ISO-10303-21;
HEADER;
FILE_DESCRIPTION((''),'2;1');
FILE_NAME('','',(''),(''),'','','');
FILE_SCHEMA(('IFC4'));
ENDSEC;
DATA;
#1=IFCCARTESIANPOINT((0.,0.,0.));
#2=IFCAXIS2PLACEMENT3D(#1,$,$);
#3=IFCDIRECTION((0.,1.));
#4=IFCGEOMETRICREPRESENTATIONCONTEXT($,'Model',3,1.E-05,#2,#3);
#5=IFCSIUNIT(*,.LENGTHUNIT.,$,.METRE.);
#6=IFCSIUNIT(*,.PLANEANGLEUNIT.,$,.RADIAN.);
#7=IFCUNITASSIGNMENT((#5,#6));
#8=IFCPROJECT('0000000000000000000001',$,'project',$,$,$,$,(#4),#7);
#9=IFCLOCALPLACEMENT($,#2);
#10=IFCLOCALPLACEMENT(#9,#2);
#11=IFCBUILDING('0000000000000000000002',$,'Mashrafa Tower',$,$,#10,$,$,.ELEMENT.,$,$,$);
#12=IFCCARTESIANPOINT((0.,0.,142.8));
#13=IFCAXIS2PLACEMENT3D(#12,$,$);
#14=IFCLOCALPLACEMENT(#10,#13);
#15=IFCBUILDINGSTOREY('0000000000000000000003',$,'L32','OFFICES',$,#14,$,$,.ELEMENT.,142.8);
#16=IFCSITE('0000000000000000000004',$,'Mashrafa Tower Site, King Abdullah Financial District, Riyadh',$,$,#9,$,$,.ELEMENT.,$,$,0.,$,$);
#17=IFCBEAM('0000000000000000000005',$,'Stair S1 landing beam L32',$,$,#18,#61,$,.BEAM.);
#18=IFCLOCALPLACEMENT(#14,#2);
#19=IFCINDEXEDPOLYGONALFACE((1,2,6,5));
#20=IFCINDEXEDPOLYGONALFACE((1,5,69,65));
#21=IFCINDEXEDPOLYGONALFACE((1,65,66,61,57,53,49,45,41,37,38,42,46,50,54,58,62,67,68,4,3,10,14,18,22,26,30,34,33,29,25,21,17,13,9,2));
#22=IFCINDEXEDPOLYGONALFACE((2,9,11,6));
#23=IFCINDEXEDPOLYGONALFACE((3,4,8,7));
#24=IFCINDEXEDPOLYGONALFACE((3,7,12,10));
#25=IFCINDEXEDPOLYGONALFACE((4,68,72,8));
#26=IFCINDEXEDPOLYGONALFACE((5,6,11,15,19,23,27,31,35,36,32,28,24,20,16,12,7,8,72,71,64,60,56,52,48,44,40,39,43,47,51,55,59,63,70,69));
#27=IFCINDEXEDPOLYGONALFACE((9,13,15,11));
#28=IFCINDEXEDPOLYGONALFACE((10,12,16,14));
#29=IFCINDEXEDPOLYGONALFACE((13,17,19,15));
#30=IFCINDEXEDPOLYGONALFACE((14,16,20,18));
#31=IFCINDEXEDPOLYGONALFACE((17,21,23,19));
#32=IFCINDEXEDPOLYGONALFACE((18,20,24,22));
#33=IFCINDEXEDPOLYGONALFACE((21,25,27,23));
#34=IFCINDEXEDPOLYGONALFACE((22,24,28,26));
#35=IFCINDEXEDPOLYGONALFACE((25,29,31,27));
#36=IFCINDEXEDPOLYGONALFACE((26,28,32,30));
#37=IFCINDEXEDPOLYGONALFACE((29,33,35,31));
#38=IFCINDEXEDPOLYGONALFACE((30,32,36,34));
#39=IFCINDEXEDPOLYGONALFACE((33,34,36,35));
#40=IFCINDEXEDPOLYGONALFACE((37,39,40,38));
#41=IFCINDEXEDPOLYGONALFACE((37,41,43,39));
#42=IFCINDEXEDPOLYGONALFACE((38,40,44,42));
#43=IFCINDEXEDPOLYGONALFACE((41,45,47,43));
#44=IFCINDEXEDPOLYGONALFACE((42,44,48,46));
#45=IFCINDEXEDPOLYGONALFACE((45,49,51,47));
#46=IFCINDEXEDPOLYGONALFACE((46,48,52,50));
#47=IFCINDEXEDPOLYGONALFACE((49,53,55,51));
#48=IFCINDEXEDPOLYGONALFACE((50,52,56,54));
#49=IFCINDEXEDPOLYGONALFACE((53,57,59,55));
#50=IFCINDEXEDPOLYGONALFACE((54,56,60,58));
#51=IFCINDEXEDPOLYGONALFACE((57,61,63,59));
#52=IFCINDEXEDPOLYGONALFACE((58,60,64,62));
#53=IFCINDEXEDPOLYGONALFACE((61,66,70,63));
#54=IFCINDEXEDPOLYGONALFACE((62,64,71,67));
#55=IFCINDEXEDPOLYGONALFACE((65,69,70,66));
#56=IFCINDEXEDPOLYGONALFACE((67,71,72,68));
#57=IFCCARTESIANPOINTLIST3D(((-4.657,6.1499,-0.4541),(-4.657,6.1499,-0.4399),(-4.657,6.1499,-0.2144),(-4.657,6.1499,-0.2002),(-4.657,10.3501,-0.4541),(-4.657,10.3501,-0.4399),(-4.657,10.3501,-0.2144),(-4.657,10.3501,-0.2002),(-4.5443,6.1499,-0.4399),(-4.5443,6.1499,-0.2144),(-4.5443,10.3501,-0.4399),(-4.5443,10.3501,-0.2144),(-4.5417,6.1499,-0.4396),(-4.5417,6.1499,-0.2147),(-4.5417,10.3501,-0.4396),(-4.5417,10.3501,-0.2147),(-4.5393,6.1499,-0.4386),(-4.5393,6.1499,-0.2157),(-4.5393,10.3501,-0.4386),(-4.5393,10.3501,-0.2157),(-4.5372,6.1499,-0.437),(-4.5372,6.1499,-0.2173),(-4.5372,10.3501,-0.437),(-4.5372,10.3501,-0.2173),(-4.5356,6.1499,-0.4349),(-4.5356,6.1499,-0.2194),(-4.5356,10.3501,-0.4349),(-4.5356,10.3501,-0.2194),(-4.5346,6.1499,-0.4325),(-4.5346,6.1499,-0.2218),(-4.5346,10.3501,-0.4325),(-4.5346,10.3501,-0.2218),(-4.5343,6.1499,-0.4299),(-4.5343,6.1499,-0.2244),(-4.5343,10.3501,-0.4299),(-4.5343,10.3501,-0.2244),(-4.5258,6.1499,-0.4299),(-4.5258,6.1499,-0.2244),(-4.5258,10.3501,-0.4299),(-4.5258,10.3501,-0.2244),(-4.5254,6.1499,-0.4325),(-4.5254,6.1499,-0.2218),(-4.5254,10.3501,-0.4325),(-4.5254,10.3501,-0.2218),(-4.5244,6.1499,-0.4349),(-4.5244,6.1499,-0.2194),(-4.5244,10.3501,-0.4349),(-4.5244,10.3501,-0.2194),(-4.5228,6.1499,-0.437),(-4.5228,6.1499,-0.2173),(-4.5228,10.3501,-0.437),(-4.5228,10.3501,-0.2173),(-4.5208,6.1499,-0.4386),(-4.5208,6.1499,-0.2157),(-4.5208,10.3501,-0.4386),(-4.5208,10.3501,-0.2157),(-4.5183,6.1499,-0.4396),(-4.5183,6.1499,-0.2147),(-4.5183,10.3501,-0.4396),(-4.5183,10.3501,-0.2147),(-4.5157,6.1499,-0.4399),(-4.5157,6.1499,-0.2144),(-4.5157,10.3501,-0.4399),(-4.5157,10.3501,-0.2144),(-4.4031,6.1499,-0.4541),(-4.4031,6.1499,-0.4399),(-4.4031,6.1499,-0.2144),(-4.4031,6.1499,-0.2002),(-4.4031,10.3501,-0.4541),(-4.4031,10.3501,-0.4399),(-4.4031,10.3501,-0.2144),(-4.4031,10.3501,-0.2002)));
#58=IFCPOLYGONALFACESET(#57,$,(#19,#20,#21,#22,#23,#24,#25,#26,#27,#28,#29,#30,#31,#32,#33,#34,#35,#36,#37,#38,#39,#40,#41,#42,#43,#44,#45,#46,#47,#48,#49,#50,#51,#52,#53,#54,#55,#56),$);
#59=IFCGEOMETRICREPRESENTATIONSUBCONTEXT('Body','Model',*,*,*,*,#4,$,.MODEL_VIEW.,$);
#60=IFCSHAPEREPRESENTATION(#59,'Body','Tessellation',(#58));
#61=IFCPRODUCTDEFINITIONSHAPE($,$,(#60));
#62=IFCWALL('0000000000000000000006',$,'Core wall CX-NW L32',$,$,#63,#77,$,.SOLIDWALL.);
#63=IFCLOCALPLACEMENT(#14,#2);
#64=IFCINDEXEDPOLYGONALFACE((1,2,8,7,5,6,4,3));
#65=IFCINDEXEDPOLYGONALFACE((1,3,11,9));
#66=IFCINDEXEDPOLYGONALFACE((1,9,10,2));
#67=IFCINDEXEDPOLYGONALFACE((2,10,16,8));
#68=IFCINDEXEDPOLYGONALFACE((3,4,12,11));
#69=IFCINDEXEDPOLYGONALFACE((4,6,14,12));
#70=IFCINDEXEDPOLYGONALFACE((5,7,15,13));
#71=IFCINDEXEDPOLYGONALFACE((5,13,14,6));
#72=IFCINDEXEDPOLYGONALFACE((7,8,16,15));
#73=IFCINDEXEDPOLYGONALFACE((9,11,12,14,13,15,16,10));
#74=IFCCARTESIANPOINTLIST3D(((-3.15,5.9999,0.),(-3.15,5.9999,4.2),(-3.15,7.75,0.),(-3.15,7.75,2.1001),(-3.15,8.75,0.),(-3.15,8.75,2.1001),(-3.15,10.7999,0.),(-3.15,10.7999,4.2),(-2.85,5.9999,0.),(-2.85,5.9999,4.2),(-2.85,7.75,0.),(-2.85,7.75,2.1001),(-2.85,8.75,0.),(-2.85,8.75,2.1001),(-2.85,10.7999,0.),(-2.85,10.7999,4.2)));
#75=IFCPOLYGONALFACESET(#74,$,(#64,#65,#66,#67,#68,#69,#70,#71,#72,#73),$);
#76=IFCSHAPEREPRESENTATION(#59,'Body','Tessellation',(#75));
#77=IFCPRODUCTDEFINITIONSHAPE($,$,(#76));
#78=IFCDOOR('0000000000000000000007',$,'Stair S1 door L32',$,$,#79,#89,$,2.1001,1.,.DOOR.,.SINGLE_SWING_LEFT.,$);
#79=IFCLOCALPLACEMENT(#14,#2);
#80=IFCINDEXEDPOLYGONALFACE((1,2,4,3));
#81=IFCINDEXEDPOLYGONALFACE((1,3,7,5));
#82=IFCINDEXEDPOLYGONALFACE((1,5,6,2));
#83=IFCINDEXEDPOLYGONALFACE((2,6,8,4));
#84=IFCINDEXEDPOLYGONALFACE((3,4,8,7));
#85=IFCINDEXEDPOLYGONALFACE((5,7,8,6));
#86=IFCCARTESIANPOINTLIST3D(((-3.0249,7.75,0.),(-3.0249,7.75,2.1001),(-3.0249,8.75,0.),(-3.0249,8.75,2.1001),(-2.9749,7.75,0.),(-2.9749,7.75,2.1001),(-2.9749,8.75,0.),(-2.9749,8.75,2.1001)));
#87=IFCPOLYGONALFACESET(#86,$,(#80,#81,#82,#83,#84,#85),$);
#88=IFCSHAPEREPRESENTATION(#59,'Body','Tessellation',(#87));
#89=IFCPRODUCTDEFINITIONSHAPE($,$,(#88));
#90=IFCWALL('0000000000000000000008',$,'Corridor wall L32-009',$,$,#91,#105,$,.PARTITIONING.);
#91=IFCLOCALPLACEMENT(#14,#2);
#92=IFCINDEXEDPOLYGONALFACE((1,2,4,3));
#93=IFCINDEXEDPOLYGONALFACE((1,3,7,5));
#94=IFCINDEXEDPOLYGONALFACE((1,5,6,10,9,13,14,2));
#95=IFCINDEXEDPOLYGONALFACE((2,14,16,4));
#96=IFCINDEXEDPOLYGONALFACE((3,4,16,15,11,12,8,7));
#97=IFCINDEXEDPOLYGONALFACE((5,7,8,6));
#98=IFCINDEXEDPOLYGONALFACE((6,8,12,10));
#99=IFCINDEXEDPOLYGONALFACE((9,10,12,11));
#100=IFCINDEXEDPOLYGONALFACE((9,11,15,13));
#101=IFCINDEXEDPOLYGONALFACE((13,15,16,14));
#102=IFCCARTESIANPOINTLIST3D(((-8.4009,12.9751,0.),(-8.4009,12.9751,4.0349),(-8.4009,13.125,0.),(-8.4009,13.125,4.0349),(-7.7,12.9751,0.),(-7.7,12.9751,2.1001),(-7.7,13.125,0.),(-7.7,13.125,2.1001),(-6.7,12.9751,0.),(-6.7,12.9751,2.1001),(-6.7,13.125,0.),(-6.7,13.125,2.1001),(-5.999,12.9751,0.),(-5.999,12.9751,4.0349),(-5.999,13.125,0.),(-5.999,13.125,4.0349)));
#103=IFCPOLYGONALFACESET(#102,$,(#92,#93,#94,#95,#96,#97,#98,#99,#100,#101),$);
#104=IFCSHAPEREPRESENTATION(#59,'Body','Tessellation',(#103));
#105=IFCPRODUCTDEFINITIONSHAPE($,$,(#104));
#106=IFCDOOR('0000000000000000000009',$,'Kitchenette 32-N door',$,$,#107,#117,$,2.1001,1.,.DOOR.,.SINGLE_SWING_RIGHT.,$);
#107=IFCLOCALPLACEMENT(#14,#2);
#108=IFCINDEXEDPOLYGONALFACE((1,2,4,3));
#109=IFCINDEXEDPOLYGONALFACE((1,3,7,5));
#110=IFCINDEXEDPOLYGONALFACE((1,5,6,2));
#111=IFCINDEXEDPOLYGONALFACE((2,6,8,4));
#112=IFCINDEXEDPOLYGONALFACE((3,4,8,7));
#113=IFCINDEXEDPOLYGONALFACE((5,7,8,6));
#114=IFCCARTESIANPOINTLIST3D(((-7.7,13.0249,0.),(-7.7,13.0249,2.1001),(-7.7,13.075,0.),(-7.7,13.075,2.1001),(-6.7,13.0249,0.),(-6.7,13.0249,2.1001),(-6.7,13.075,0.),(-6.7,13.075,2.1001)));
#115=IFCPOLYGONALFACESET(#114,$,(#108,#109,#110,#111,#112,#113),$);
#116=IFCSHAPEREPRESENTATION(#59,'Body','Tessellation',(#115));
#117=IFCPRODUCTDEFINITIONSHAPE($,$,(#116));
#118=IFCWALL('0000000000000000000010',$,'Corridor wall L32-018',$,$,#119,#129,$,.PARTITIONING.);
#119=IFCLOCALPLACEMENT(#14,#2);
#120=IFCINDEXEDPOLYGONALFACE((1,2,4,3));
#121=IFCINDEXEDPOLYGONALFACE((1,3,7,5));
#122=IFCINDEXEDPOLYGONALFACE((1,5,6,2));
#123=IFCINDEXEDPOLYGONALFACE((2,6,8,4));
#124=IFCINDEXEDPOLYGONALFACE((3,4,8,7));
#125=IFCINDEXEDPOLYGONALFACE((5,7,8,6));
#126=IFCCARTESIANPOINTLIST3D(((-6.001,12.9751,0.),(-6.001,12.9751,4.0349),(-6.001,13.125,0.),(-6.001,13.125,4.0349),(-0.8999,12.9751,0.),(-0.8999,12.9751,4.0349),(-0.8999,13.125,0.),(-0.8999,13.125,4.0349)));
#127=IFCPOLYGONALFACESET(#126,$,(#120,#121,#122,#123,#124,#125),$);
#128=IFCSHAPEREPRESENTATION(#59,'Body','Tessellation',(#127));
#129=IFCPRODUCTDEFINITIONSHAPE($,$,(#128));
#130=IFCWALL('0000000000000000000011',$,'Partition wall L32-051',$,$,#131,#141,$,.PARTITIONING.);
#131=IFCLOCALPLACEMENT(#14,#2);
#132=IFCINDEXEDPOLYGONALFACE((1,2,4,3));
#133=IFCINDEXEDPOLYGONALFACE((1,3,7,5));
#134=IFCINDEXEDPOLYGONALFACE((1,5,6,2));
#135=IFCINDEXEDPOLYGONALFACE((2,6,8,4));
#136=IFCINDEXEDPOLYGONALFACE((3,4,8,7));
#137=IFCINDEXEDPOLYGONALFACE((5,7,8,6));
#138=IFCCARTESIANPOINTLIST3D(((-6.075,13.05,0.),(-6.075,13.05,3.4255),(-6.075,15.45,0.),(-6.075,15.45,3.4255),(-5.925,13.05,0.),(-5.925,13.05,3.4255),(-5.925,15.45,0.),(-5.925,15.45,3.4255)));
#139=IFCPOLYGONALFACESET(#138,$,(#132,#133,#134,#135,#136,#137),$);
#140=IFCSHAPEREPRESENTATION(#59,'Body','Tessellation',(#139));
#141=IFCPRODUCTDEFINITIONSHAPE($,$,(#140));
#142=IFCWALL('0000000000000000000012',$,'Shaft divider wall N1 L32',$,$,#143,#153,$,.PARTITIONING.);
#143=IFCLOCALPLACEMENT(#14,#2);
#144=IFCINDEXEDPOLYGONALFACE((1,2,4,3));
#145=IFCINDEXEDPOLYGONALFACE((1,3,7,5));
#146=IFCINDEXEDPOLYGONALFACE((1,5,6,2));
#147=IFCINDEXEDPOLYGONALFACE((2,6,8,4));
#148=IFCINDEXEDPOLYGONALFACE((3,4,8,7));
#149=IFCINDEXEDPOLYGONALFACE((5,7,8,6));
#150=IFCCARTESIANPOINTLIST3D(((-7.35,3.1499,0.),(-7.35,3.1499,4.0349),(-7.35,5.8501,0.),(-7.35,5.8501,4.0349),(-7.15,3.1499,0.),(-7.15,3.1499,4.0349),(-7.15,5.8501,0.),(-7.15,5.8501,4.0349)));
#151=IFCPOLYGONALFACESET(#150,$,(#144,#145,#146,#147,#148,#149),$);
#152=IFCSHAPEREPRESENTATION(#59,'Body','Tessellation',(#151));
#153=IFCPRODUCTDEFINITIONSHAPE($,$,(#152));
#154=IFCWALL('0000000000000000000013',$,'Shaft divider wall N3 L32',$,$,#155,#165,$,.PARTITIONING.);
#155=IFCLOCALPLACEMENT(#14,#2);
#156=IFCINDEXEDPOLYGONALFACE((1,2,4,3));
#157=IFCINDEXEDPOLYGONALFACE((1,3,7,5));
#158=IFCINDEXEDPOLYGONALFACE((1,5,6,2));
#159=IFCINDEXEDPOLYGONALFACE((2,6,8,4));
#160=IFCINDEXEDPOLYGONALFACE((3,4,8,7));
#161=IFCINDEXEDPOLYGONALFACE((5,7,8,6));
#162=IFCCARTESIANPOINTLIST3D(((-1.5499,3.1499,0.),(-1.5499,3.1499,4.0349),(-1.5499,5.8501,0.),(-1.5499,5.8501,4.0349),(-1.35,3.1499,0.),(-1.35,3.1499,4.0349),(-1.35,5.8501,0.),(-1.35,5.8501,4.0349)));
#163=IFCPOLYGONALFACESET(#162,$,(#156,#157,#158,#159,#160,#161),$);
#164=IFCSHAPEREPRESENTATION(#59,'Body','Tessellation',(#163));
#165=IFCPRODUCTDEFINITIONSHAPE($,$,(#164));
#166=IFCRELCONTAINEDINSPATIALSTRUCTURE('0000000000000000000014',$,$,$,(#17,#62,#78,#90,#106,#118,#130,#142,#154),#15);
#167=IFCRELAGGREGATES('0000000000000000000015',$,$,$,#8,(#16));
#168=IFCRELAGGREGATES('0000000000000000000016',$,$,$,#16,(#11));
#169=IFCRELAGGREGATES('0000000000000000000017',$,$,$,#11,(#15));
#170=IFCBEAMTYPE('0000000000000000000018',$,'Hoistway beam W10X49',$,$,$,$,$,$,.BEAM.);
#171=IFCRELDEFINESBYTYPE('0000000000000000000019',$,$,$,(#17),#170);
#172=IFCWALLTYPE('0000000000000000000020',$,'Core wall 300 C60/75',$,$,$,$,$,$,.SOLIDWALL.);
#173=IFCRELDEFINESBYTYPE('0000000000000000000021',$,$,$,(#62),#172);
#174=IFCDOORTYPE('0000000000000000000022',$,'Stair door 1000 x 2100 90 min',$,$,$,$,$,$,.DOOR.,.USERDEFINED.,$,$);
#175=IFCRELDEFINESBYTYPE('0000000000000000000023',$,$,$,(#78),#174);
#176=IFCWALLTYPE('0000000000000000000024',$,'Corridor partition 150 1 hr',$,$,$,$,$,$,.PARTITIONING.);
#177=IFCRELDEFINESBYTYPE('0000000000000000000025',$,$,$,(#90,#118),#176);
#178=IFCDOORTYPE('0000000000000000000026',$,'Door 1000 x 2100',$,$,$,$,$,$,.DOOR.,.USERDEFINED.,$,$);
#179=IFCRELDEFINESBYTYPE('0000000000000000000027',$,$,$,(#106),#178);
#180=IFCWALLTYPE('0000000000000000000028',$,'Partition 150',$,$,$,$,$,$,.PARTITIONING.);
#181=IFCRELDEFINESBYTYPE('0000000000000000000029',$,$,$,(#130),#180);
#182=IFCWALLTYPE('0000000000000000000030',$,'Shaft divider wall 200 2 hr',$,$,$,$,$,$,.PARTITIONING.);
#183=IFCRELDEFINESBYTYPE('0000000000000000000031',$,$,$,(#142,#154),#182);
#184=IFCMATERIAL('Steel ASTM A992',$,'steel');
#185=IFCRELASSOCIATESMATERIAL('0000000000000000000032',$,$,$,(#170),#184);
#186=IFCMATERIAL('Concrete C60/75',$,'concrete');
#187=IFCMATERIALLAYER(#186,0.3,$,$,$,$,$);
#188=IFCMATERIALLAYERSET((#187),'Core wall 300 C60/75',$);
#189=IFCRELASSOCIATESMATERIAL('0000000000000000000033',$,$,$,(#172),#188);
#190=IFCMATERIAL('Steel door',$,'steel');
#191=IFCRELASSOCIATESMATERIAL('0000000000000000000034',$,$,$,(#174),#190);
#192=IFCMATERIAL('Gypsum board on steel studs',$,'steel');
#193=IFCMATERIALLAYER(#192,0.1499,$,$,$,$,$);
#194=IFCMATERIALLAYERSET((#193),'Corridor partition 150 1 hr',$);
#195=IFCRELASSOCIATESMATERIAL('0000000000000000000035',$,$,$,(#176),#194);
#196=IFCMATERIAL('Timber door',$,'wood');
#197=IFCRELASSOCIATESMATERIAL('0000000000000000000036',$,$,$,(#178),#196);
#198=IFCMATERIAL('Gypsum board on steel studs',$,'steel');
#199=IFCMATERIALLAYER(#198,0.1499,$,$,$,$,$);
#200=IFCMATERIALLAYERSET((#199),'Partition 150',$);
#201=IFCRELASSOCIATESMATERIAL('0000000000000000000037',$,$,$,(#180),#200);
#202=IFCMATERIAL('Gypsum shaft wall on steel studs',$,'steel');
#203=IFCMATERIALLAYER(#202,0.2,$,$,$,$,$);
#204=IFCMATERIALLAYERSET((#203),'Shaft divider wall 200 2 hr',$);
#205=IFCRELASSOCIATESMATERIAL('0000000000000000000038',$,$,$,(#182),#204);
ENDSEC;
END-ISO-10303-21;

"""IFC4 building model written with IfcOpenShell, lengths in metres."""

from ifc_helpers import new_model, si_unit, direction, frame, frame_2d, origin, origin_2d, place, context, subcontext, project, spatial, rectangle, i_section, extrude, material, layer, layer_set, material_profile, profile_set, type_object, element, fill, save


model = new_model("IFC4")

# Units and contexts
model_context = context("Model", 3, precision=1e-05, world=origin(), true_north=direction((0.0, 1.0)))
body_context = subcontext(model_context, "Body", "Model", "MODEL_VIEW")
ifc_project = project(units=[si_unit("LENGTHUNIT", "METRE"), si_unit("PLANEANGLEUNIT", "RADIAN")], contexts=[model_context])

# Site, building, storey
site_placement = place(None, origin())
site = spatial("IfcSite", under=ifc_project, at=site_placement, Name="Mashrafa Tower Site, King Abdullah Financial District, Riyadh", CompositionType="ELEMENT", RefElevation=0.0)
building_placement = place(site_placement, origin())
building = spatial("IfcBuilding", under=site, at=building_placement, Name="Mashrafa Tower", CompositionType="ELEMENT")
storey_placement = place(building_placement, frame((0.0, 0.0, 142.8)))
storey = spatial("IfcBuildingStorey", under=building, at=storey_placement, Name="L32", Description="OFFICES", CompositionType="ELEMENT", Elevation=142.8)

# Beam
ifc_material_1 = material(Name="Steel ASTM A992", Category="steel")
ifc_material_profile = material_profile(ifc_material_1, i_section(OverallWidth=0.2539, OverallDepth=0.2539, WebThickness=0.0085, FlangeThickness=0.0142, FilletRadius=0.01, at=origin_2d()), Name="W10X49")
ifc_profile_set = profile_set([ifc_material_profile], Name="Steel ASTM A992")
beam_type = type_object("IfcBeamType", Name="Hoistway beam W10X49", PredefinedType="BEAM", material=ifc_profile_set)
beam_placement = place(storey_placement, frame((-4.53, 6.1499, -0.3271), z_axis=(0.0, 1.0, 0.0), x_axis=(-1.0, 0.0, 0.0)))
element("IfcBeam", 1, at=beam_placement, inside=storey, type_object=beam_type, Name="Stair S1 landing beam L32", PredefinedType="BEAM", context=body_context, shape_type="SweptSolid", body=[
    extrude(i_section(OverallWidth=0.2539, OverallDepth=0.2539, WebThickness=0.0085, FlangeThickness=0.0142, FilletRadius=0.01, at=origin_2d()), origin(), (0.0, 0.0, 1.0), 4.2002),
])

# Walls, openings, doors
ifc_material_2 = material(Name="Concrete C60/75", Category="concrete")
ifc_layer_1 = layer(ifc_material_2, 0.3)
ifc_layer_set_1 = layer_set([ifc_layer_1], Name="Core wall 300 C60/75")
wall_type_1 = type_object("IfcWallType", Name="Core wall 300 C60/75", PredefinedType="SOLIDWALL", material=ifc_layer_set_1)
wall_1_placement = place(storey_placement, frame((-3.0, 6.0, 0.0), z_axis=(0.0, 0.0, 1.0), x_axis=(0.0, 1.0, 0.0)))
wall_1 = element("IfcWall", 2, at=wall_1_placement, inside=storey, type_object=wall_type_1, Name="Core wall CX-NW L32", PredefinedType="SOLIDWALL", context=body_context, shape_type="SweptSolid", body=[
    extrude(rectangle(XDim=4.8, YDim=0.3, at=frame_2d((2.3999, 0.0))), origin(), (0.0, 0.0, 1.0), 4.2),
])
opening_1_placement = place(wall_1_placement, frame((1.75, 0.0, 0.0)))
opening_1 = element("IfcOpeningElement", 3, at=opening_1_placement, cuts=wall_1, PredefinedType="OPENING", context=body_context, shape_type="SweptSolid", body=[
    extrude(rectangle(XDim=1.0, YDim=2.1001, at=frame_2d((0.5, 1.05))), frame((0.0, 0.1599, 0.0), z_axis=(0.0, -1.0, 0.0), x_axis=(1.0, 0.0, 0.0)), (0.0, 0.0, 1.0), 0.3201),
])
ifc_material_3 = material(Name="Steel door", Category="steel")
door_type_1 = type_object("IfcDoorType", Name="Stair door 1000 x 2100 90 min", OperationType="USERDEFINED", PredefinedType="DOOR", material=ifc_material_3)
door_1_placement = place(opening_1_placement, origin())
door_1 = element("IfcDoor", 4, at=door_1_placement, inside=storey, type_object=door_type_1, Name="Stair S1 door L32", OperationType="SINGLE_SWING_LEFT", OverallHeight=2.1001, OverallWidth=1.0, PredefinedType="DOOR", context=body_context, shape_type="SweptSolid", body=[
    extrude(rectangle(XDim=1.0, YDim=2.1001, at=frame_2d((0.5, 1.05))), frame((0.0, 0.0249, 0.0), z_axis=(0.0, -1.0, 0.0), x_axis=(1.0, 0.0, 0.0)), (0.0, 0.0, 1.0), 0.05),
])
fill(opening_1, door_1)
ifc_material_4 = material(Name="Gypsum board on steel studs", Category="steel")
ifc_layer_2 = layer(ifc_material_4, 0.1499)
ifc_layer_set_2 = layer_set([ifc_layer_2], Name="Corridor partition 150 1 hr")
wall_type_2 = type_object("IfcWallType", Name="Corridor partition 150 1 hr", PredefinedType="PARTITIONING", material=ifc_layer_set_2)
wall_2_placement = place(storey_placement, frame((-5.999, 13.05, 0.0), z_axis=(0.0, 0.0, 1.0), x_axis=(-1.0, 0.0, 0.0)))
wall_2 = element("IfcWall", 5, at=wall_2_placement, inside=storey, type_object=wall_type_2, Name="Corridor wall L32-009", PredefinedType="PARTITIONING", context=body_context, shape_type="SweptSolid", body=[
    extrude(rectangle(XDim=2.4019, YDim=0.1499, at=frame_2d((1.2009, 0.0))), origin(), (0.0, 0.0, 1.0), 4.0349),
])
opening_2_placement = place(wall_2_placement, frame((0.7009, 0.0, 0.0)))
opening_2 = element("IfcOpeningElement", 6, at=opening_2_placement, cuts=wall_2, PredefinedType="OPENING", context=body_context, shape_type="SweptSolid", body=[
    extrude(rectangle(XDim=1.0, YDim=2.1001, at=frame_2d((0.5, 1.05))), frame((0.0, 0.085, 0.0), z_axis=(0.0, -1.0, 0.0), x_axis=(1.0, 0.0, 0.0)), (0.0, 0.0, 1.0), 0.1699),
])
ifc_material_5 = material(Name="Timber door", Category="wood")
door_type_2 = type_object("IfcDoorType", Name="Door 1000 x 2100", OperationType="USERDEFINED", PredefinedType="DOOR", material=ifc_material_5)
door_2_placement = place(opening_2_placement, frame((1.0, 0.0, 0.0), z_axis=(0.0, 0.0, 1.0), x_axis=(-1.0, 0.0, 0.0)))
door_2 = element("IfcDoor", 7, at=door_2_placement, inside=storey, type_object=door_type_2, Name="Kitchenette 32-N door", OperationType="SINGLE_SWING_RIGHT", OverallHeight=2.1001, OverallWidth=1.0, PredefinedType="DOOR", context=body_context, shape_type="SweptSolid", body=[
    extrude(rectangle(XDim=1.0, YDim=2.1001, at=frame_2d((0.5, 1.05))), frame((0.0, 0.0249, 0.0), z_axis=(0.0, -1.0, 0.0), x_axis=(1.0, 0.0, 0.0)), (0.0, 0.0, 1.0), 0.05),
])
fill(opening_2, door_2)

# Walls
wall_3_placement = place(storey_placement, frame((-0.8999, 13.05, 0.0), z_axis=(0.0, 0.0, 1.0), x_axis=(-1.0, 0.0, 0.0)))
element("IfcWall", 8, at=wall_3_placement, inside=storey, type_object=wall_type_2, Name="Corridor wall L32-018", PredefinedType="PARTITIONING", context=body_context, shape_type="SweptSolid", body=[
    extrude(rectangle(XDim=5.1011, YDim=0.1499, at=frame_2d((2.5505, 0.0))), origin(), (0.0, 0.0, 1.0), 4.0349),
])
ifc_material_6 = material(Name="Gypsum board on steel studs", Category="steel")
ifc_layer_3 = layer(ifc_material_6, 0.1499)
ifc_layer_set_3 = layer_set([ifc_layer_3], Name="Partition 150")
wall_type_3 = type_object("IfcWallType", Name="Partition 150", PredefinedType="PARTITIONING", material=ifc_layer_set_3)
wall_4_placement = place(storey_placement, frame((-6.0, 13.05, 0.0), z_axis=(0.0, 0.0, 1.0), x_axis=(0.0, 1.0, 0.0)))
element("IfcWall", 9, at=wall_4_placement, inside=storey, type_object=wall_type_3, Name="Partition wall L32-051", PredefinedType="PARTITIONING", context=body_context, shape_type="SweptSolid", body=[
    extrude(rectangle(XDim=2.3999, YDim=0.1499, at=frame_2d((1.2, 0.0))), origin(), (0.0, 0.0, 1.0), 3.4255),
])
ifc_material_7 = material(Name="Gypsum shaft wall on steel studs", Category="steel")
ifc_layer_4 = layer(ifc_material_7, 0.2)
ifc_layer_set_4 = layer_set([ifc_layer_4], Name="Shaft divider wall 200 2 hr")
wall_type_4 = type_object("IfcWallType", Name="Shaft divider wall 200 2 hr", PredefinedType="PARTITIONING", material=ifc_layer_set_4)
for number, where, z_axis, x_axis, name in (
    (10, (-7.25, 3.1499, 0.0), (0.0, 0.0, 1.0), (0.0, 1.0, 0.0), "Shaft divider wall N1 L32"),
    (11, (-1.45, 3.1499, 0.0), (0.0, 0.0, 1.0), (0.0, 1.0, 0.0), "Shaft divider wall N3 L32"),
):
    element("IfcWall", number, at=place(storey_placement, frame(where, z_axis=z_axis, x_axis=x_axis)), inside=storey, type_object=wall_type_4, Name=name, PredefinedType="PARTITIONING", context=body_context, shape_type="SweptSolid", body=[
        extrude(rectangle(XDim=2.7002, YDim=0.2, at=frame_2d((1.3501, 0.0))), origin(), (0.0, 0.0, 1.0), 4.0349),
    ])

save(model, "model.ifc")
